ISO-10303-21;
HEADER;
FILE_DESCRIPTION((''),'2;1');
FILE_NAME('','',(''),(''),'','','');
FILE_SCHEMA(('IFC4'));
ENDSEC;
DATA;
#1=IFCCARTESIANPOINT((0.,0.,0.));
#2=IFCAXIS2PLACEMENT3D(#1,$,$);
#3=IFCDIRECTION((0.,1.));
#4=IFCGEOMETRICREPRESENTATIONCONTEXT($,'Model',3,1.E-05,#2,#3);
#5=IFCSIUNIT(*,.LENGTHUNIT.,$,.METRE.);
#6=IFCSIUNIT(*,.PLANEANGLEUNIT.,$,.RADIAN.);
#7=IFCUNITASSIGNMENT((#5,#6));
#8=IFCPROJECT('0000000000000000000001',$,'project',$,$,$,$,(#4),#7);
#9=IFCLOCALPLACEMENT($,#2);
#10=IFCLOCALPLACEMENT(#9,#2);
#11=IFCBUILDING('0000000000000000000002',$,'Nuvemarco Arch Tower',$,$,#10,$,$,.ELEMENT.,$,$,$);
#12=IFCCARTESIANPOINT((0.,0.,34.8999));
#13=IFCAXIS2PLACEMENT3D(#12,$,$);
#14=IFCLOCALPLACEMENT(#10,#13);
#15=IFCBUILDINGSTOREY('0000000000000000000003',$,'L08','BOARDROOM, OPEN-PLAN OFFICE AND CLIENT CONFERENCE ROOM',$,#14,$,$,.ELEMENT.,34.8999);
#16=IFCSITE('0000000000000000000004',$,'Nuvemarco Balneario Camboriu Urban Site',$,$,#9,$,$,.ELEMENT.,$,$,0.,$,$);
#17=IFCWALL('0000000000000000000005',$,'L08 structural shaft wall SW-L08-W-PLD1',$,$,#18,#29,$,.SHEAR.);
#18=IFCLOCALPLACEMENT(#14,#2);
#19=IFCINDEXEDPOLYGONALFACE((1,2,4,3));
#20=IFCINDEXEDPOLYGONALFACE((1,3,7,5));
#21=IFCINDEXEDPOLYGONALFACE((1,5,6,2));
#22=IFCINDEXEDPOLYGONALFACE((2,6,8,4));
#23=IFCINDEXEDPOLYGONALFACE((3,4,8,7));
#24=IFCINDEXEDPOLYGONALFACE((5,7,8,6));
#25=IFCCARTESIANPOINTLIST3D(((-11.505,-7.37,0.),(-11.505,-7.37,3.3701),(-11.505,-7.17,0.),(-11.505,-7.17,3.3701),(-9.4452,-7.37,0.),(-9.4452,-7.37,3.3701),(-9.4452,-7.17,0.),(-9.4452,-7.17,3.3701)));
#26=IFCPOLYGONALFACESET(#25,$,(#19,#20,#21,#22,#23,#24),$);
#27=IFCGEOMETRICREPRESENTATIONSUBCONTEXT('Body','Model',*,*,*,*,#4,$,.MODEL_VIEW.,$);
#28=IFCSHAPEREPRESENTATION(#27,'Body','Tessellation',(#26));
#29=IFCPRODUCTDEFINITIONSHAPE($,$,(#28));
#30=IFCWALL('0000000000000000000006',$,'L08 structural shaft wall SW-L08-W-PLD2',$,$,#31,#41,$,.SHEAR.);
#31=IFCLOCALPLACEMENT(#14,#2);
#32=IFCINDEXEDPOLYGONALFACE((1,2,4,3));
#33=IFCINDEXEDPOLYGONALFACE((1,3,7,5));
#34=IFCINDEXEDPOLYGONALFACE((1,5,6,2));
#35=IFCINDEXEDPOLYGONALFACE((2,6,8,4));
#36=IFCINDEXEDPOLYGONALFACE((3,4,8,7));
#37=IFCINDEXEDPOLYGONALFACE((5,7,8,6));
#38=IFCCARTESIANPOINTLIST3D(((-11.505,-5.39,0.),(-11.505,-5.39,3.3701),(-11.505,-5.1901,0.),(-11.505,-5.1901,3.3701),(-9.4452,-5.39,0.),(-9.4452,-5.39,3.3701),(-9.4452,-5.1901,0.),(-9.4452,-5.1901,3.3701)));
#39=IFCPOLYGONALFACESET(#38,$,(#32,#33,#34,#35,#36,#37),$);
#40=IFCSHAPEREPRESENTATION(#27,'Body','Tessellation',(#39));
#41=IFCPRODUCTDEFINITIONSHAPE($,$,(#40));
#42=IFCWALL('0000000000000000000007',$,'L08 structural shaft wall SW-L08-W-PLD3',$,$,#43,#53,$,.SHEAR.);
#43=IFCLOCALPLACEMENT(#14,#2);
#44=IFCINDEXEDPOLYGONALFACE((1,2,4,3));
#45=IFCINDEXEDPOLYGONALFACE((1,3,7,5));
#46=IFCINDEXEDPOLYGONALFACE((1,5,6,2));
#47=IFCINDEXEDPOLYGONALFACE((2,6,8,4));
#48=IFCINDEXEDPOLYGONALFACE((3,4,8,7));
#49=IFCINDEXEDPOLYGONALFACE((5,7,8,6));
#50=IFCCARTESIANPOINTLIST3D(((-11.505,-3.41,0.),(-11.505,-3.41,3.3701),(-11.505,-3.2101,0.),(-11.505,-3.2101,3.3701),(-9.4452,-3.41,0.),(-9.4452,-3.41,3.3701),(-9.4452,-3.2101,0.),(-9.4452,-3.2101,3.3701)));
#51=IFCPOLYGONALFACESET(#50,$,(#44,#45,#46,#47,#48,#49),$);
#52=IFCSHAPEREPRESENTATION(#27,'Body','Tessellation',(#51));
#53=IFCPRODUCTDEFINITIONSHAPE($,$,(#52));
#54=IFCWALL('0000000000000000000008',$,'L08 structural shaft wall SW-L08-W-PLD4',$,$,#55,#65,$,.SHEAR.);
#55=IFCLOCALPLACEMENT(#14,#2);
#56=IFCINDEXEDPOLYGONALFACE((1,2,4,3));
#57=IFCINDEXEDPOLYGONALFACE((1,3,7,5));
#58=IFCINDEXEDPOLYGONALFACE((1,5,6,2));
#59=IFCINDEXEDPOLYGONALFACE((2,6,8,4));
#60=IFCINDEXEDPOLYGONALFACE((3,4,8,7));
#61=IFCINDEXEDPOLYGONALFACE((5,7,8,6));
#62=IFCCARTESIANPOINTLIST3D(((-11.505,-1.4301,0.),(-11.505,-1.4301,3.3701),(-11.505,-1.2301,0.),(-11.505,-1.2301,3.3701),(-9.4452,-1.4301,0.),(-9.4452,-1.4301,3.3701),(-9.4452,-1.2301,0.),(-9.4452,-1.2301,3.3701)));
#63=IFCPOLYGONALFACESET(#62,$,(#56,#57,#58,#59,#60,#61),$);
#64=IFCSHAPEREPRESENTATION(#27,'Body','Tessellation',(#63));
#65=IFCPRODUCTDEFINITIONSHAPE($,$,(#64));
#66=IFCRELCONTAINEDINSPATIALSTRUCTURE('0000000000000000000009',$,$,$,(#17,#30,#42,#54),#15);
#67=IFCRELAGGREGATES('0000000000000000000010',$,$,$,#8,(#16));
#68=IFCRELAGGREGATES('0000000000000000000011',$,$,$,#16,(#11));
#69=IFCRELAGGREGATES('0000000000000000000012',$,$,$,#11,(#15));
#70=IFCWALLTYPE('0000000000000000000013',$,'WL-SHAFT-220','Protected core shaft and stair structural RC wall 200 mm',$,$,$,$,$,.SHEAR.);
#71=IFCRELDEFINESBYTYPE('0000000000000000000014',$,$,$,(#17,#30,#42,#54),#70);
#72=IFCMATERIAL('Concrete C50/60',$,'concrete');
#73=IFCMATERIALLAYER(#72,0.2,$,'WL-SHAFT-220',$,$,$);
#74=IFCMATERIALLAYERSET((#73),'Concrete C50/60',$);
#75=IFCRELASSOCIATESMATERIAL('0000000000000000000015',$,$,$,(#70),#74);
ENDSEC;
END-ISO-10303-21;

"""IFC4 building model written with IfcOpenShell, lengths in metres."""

from ifc_helpers import new_model, si_unit, direction, frame, frame_2d, origin, place, context, subcontext, project, spatial, rectangle, extrude, material, layer, layer_set, type_object, element, save


model = new_model("IFC4")

# Units and contexts
model_context = context("Model", 3, precision=1e-05, world=origin(), true_north=direction((0.0, 1.0)))
body_context = subcontext(model_context, "Body", "Model", "MODEL_VIEW")
ifc_project = project(units=[si_unit("LENGTHUNIT", "METRE"), si_unit("PLANEANGLEUNIT", "RADIAN")], contexts=[model_context])

# Site, building, storey
site_placement = place(None, origin())
site = spatial("IfcSite", under=ifc_project, at=site_placement, Name="Nuvemarco Balneario Camboriu Urban Site", CompositionType="ELEMENT", RefElevation=0.0)
building_placement = place(site_placement, origin())
building = spatial("IfcBuilding", under=site, at=building_placement, Name="Nuvemarco Arch Tower", CompositionType="ELEMENT")
storey_placement = place(building_placement, frame((0.0, 0.0, 34.8999)))
storey = spatial("IfcBuildingStorey", under=building, at=storey_placement, Name="L08", Description="BOARDROOM, OPEN-PLAN OFFICE AND CLIENT CONFERENCE ROOM", CompositionType="ELEMENT", Elevation=34.8999)

# Walls
ifc_material_1 = material(Name="Concrete C50/60", Category="concrete")
ifc_layer_1 = layer(ifc_material_1, 0.2, Name="WL-SHAFT-220")
ifc_layer_set_1 = layer_set([ifc_layer_1], Name="Concrete C50/60")
wall_type_1 = type_object("IfcWallType", Name="WL-SHAFT-220", Description="Protected core shaft and stair structural RC wall 200 mm", PredefinedType="SHEAR", material=ifc_layer_set_1)
for number, where, z_axis, x_axis, name in (
    (1, (-11.5049, -7.27, 0.0), (0.0, 0.0, 1.0), (1.0, 0.0, 0.0), "L08 structural shaft wall SW-L08-W-PLD1"),
    (2, (-11.5049, -5.29, 0.0), (0.0, 0.0, 1.0), (1.0, 0.0, 0.0), "L08 structural shaft wall SW-L08-W-PLD2"),
    (3, (-11.5049, -3.3101, 0.0), (0.0, 0.0, 1.0), (1.0, 0.0, 0.0), "L08 structural shaft wall SW-L08-W-PLD3"),
    (4, (-11.5049, -1.3301, 0.0), (0.0, 0.0, 1.0), (1.0, 0.0, 0.0), "L08 structural shaft wall SW-L08-W-PLD4"),
):
    element("IfcWall", number, at=place(storey_placement, frame(where, z_axis=z_axis, x_axis=x_axis)), inside=storey, type_object=wall_type_1, Name=name, PredefinedType="SHEAR", context=body_context, shape_type="SweptSolid", body=[
        extrude(rectangle(XDim=2.0598, YDim=0.2, at=frame_2d((1.0298, 0.0))), origin(), (0.0, 0.0, 1.0), 3.3701),
    ])

save(model, "model.ifc")
